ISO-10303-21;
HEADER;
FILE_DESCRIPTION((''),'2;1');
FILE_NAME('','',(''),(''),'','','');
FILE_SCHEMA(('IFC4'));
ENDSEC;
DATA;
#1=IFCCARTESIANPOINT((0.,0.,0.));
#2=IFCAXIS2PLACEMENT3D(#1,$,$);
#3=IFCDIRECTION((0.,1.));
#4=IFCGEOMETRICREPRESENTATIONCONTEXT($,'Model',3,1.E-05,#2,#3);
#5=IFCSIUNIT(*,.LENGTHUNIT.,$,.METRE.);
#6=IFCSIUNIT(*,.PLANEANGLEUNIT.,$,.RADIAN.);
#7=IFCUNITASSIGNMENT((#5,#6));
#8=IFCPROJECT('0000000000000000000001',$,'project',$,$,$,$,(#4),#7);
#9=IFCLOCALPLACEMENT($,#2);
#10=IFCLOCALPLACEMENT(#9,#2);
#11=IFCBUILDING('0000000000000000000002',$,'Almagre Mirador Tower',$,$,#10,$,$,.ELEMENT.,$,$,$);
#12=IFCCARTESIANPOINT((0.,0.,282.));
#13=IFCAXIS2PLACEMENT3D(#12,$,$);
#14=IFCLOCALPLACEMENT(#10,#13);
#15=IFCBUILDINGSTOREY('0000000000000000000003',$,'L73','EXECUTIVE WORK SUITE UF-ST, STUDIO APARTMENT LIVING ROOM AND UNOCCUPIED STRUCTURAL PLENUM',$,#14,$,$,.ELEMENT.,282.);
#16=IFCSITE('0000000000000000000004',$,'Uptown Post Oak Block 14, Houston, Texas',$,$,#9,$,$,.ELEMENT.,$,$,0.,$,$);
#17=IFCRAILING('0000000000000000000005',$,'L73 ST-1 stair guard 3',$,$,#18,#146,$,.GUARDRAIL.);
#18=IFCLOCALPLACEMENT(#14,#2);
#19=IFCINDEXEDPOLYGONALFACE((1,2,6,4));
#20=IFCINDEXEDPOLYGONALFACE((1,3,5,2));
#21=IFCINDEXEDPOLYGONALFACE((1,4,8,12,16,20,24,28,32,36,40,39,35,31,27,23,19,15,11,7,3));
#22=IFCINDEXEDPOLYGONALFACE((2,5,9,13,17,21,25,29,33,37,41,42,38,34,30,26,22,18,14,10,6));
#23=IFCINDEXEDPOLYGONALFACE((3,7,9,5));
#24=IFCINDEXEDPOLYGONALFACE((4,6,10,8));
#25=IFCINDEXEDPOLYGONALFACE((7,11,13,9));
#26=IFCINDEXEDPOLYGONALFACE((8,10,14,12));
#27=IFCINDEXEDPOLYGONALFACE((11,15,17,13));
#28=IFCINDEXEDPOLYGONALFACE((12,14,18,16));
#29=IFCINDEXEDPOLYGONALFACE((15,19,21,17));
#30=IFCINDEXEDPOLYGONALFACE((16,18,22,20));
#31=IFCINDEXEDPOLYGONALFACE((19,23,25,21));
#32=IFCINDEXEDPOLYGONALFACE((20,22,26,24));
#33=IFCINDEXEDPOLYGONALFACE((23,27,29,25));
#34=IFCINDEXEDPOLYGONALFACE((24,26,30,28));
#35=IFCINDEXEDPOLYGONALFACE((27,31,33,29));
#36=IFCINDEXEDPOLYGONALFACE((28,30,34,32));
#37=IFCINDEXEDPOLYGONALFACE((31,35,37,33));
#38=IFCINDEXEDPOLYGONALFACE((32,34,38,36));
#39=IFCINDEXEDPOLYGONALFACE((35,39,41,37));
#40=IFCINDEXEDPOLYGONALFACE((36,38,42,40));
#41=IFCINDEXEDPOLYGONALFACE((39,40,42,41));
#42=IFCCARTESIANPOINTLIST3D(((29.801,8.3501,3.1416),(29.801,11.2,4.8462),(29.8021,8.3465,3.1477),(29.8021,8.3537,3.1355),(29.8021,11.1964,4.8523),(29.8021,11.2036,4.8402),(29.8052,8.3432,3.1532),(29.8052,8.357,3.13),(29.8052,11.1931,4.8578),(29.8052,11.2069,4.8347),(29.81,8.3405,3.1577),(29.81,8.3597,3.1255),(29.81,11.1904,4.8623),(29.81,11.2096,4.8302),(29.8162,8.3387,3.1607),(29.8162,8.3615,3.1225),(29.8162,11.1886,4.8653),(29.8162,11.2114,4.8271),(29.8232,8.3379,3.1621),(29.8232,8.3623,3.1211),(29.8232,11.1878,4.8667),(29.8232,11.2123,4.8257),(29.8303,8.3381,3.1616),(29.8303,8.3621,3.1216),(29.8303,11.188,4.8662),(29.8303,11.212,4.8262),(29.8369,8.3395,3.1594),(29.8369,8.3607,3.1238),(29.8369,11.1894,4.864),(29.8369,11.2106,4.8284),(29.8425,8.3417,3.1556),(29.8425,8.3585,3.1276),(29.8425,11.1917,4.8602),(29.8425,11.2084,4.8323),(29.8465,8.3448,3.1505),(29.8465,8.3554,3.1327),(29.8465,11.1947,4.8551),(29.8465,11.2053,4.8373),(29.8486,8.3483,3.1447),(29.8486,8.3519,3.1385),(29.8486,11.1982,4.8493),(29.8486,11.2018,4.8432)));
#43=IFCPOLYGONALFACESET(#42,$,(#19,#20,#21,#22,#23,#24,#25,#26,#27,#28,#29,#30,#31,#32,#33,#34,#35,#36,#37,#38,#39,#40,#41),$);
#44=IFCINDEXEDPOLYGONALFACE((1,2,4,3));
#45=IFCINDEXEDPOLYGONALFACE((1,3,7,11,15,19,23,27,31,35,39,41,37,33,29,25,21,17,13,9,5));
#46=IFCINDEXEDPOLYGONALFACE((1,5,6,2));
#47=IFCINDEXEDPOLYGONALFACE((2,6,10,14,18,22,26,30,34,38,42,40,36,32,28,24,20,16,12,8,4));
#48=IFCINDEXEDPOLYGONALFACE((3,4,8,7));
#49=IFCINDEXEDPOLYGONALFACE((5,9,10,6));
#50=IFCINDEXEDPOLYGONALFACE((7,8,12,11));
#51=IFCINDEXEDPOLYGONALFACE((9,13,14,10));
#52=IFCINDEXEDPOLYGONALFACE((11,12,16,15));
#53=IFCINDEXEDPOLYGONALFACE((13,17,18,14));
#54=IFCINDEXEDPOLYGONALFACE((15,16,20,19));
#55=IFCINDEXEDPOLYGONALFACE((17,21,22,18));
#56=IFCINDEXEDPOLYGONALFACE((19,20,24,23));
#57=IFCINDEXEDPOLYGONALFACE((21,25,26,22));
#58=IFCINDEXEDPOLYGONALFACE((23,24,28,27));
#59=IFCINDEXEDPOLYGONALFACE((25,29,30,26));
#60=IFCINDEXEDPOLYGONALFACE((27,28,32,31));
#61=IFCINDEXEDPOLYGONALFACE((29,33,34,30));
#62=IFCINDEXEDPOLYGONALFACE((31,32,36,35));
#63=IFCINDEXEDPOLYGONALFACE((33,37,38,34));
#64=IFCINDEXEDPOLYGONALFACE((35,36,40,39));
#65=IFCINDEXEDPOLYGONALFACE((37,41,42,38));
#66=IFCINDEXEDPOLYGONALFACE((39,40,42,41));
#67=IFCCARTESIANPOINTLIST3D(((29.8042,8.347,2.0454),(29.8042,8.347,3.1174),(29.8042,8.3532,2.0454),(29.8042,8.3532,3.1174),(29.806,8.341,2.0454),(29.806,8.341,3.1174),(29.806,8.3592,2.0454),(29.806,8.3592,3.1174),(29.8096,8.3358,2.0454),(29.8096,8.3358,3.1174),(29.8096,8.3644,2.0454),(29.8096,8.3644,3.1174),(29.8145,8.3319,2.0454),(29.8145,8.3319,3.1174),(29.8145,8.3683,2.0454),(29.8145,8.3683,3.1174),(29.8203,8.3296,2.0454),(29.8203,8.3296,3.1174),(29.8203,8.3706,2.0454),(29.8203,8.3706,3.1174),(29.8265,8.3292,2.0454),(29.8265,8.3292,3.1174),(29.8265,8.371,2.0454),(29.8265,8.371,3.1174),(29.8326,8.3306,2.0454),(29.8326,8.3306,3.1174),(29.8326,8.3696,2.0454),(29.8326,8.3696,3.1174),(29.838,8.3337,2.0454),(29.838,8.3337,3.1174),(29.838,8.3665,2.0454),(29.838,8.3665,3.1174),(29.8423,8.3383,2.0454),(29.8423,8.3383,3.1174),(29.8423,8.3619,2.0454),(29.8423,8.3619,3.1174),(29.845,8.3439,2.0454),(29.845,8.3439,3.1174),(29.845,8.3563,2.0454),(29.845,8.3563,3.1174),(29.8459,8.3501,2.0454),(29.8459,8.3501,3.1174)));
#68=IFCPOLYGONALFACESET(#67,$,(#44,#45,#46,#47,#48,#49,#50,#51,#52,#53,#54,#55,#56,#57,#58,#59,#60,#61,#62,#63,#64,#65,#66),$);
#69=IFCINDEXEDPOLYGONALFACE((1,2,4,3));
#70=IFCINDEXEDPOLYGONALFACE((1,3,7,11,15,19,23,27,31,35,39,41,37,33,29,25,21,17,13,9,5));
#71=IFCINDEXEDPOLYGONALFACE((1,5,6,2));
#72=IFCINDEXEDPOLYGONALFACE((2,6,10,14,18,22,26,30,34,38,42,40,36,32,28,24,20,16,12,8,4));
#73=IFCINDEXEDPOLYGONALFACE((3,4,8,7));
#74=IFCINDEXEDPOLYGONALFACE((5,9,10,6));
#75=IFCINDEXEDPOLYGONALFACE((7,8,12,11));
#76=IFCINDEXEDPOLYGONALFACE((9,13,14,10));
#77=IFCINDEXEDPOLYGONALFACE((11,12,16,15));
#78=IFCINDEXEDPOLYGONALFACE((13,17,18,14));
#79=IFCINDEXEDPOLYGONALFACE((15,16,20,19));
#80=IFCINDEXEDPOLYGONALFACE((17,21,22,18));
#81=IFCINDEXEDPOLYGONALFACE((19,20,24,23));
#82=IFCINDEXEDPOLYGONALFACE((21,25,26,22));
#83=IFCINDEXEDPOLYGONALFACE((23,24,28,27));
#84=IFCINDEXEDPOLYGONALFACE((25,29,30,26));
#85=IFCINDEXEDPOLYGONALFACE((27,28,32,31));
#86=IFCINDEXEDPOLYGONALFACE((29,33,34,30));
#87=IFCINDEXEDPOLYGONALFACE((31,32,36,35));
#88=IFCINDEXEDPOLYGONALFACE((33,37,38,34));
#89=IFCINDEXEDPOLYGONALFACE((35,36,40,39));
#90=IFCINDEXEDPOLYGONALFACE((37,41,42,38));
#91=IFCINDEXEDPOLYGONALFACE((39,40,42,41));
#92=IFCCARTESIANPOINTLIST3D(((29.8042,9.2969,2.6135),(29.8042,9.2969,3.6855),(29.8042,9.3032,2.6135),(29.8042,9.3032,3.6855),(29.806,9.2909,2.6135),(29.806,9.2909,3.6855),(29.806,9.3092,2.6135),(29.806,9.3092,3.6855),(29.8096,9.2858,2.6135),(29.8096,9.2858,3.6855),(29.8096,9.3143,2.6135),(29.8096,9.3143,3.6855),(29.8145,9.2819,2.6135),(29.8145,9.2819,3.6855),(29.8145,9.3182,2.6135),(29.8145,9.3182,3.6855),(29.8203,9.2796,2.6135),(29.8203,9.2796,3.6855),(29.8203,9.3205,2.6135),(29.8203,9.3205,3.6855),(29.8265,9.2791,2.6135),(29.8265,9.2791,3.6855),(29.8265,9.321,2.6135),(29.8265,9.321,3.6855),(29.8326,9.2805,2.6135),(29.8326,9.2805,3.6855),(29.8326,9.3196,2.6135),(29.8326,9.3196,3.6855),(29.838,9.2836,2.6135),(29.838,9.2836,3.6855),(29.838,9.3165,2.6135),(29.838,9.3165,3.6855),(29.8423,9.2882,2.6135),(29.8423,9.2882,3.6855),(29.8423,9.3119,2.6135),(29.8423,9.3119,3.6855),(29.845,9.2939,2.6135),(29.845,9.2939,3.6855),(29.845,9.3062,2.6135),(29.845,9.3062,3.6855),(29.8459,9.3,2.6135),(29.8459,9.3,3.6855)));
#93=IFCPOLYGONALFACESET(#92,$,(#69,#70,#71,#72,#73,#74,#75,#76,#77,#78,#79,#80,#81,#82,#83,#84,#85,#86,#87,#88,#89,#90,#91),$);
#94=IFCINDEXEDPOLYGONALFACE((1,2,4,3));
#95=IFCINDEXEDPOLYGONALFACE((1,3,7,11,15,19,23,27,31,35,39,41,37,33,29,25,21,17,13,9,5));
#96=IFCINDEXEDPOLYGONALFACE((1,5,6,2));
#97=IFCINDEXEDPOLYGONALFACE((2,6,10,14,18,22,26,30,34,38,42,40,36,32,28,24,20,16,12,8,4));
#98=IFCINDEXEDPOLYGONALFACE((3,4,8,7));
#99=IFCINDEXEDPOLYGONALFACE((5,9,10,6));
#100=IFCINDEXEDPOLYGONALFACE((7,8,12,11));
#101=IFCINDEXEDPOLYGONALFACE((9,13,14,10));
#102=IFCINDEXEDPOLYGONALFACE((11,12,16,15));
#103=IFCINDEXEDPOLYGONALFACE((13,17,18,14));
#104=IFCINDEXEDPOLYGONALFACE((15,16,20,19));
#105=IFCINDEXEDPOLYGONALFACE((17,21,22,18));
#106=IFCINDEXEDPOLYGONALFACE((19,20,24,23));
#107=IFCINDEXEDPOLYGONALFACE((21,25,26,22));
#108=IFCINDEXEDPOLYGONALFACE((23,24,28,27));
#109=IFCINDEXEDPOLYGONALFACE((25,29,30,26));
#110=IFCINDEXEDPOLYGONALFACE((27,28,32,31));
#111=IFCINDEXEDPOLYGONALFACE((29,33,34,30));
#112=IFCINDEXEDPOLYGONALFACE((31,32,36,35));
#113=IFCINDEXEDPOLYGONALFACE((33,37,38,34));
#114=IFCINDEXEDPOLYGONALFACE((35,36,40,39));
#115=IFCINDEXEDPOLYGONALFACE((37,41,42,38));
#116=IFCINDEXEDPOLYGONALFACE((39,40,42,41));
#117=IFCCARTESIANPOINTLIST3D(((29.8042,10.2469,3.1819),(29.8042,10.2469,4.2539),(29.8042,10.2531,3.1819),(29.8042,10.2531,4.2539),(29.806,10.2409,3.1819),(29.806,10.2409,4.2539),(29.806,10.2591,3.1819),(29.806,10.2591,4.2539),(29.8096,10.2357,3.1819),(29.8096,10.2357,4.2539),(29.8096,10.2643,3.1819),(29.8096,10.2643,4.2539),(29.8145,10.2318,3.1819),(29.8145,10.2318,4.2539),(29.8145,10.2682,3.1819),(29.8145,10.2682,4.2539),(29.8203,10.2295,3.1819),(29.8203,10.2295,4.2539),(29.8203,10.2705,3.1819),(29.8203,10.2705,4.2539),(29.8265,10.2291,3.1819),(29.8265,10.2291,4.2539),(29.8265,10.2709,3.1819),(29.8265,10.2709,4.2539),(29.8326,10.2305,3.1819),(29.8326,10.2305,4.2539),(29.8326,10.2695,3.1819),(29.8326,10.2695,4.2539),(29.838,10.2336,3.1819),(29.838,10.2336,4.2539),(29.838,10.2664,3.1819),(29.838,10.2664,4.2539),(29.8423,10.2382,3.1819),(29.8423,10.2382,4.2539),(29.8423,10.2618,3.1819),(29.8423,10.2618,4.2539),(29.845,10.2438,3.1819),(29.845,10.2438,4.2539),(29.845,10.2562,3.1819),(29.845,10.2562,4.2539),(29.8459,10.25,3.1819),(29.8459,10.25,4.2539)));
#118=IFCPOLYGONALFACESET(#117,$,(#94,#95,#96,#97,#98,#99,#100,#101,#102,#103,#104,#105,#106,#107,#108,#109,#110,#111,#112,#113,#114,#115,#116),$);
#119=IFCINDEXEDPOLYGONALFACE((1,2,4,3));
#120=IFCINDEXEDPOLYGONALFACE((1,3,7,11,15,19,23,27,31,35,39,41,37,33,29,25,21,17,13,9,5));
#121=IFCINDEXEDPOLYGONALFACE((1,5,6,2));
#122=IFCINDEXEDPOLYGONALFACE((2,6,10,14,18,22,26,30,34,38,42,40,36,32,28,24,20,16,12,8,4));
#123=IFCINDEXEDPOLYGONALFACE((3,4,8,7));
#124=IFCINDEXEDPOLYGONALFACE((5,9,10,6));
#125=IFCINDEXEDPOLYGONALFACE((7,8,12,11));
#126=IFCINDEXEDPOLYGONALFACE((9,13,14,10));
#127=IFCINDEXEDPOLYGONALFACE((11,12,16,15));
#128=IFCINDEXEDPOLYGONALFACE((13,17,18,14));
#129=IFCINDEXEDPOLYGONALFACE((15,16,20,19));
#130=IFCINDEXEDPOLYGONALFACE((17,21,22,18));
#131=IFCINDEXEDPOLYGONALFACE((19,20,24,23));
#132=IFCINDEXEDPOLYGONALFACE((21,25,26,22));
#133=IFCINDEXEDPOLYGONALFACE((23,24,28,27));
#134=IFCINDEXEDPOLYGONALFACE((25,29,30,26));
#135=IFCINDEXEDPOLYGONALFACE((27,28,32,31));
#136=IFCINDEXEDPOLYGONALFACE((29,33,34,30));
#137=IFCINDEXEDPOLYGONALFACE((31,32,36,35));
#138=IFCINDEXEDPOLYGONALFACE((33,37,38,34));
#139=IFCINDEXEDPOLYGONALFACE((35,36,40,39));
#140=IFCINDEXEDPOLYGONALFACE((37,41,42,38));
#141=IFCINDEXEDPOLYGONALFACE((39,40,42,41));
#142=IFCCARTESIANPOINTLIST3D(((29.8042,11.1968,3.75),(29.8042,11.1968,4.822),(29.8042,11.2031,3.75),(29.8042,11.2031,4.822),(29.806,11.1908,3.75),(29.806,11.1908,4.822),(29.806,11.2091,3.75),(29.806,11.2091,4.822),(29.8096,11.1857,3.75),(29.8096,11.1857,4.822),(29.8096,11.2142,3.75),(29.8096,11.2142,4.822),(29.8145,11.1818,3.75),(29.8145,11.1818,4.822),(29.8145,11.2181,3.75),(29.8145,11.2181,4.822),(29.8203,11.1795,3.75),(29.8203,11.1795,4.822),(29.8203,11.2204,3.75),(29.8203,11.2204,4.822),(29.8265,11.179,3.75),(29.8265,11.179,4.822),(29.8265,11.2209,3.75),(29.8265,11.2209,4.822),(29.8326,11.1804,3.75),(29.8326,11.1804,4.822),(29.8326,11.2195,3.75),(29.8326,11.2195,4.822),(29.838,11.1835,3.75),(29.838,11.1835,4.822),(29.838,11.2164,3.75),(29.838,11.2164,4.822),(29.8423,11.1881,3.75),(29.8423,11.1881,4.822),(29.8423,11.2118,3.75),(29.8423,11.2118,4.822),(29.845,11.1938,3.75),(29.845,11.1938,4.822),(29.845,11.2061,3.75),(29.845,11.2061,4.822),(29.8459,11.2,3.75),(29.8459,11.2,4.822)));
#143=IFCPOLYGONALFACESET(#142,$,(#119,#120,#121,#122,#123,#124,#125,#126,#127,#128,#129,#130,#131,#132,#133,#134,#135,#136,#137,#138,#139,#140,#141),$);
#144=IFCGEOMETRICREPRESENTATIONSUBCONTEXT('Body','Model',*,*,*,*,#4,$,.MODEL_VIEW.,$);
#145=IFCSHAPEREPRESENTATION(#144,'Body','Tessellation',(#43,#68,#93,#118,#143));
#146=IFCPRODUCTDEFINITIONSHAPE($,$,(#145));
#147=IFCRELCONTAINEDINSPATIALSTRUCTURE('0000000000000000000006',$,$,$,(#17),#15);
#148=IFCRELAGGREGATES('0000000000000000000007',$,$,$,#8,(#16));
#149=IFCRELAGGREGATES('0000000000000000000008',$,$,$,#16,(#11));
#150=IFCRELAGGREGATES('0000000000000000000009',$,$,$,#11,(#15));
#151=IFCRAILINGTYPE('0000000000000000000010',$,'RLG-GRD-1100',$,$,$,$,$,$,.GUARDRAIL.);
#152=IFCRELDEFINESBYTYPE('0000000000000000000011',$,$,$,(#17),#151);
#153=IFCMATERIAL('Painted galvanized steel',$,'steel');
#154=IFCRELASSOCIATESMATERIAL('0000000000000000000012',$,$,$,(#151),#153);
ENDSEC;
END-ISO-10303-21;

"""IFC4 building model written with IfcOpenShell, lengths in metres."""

from ifc_helpers import new_model, si_unit, direction, frame, origin, origin_2d, place, context, subcontext, project, spatial, circle, extrude, material, type_object, element, save


model = new_model("IFC4")

# Units and contexts
model_context = context("Model", 3, precision=1e-05, world=origin(), true_north=direction((0.0, 1.0)))
body_context = subcontext(model_context, "Body", "Model", "MODEL_VIEW")
ifc_project = project(units=[si_unit("LENGTHUNIT", "METRE"), si_unit("PLANEANGLEUNIT", "RADIAN")], contexts=[model_context])

# Site, building, storey
site_placement = place(None, origin())
site = spatial("IfcSite", under=ifc_project, at=site_placement, Name="Uptown Post Oak Block 14, Houston, Texas", CompositionType="ELEMENT", RefElevation=0.0)
building_placement = place(site_placement, origin())
building = spatial("IfcBuilding", under=site, at=building_placement, Name="Almagre Mirador Tower", CompositionType="ELEMENT")
storey_placement = place(building_placement, frame((0.0, 0.0, 282.0)))
storey = spatial("IfcBuildingStorey", under=building, at=storey_placement, Name="L73", Description="EXECUTIVE WORK SUITE UF-ST, STUDIO APARTMENT LIVING ROOM AND UNOCCUPIED STRUCTURAL PLENUM", CompositionType="ELEMENT", Elevation=282.0)

# Railing
ifc_material_1 = material(Name="Painted galvanized steel", Category="steel")
railing_type_1 = type_object("IfcRailingType", Name="RLG-GRD-1100", PredefinedType="GUARDRAIL", material=ifc_material_1)
railing_1_placement = place(storey_placement, frame((29.825, 8.3501, 2.0454)))
element("IfcRailing", 1, at=railing_1_placement, inside=storey, type_object=railing_type_1, Name="L73 ST-1 stair guard 3", PredefinedType="GUARDRAIL", context=body_context, shape_type="SweptSolid", body=[
    extrude(circle(Radius=0.0239, at=origin_2d()), frame((0.0, 0.0, 1.0962), z_axis=(0.0, 0.858199, 0.513317), x_axis=(-1.0, 0.0, 0.0)), (0.0, 0.0, 1.0), 3.3208),
    extrude(circle(Radius=0.021, at=origin_2d()), origin(), (0.0, 0.0, 1.0), 1.072),
    extrude(circle(Radius=0.021, at=origin_2d()), frame((0.0, 0.95, 0.5681)), (0.0, 0.0, 1.0), 1.072),
    extrude(circle(Radius=0.021, at=origin_2d()), frame((0.0, 1.8999, 1.1365)), (0.0, 0.0, 1.0), 1.072),
    extrude(circle(Radius=0.021, at=origin_2d()), frame((0.0, 2.8499, 1.7046)), (0.0, 0.0, 1.0), 1.072),
])

save(model, "model.ifc")
